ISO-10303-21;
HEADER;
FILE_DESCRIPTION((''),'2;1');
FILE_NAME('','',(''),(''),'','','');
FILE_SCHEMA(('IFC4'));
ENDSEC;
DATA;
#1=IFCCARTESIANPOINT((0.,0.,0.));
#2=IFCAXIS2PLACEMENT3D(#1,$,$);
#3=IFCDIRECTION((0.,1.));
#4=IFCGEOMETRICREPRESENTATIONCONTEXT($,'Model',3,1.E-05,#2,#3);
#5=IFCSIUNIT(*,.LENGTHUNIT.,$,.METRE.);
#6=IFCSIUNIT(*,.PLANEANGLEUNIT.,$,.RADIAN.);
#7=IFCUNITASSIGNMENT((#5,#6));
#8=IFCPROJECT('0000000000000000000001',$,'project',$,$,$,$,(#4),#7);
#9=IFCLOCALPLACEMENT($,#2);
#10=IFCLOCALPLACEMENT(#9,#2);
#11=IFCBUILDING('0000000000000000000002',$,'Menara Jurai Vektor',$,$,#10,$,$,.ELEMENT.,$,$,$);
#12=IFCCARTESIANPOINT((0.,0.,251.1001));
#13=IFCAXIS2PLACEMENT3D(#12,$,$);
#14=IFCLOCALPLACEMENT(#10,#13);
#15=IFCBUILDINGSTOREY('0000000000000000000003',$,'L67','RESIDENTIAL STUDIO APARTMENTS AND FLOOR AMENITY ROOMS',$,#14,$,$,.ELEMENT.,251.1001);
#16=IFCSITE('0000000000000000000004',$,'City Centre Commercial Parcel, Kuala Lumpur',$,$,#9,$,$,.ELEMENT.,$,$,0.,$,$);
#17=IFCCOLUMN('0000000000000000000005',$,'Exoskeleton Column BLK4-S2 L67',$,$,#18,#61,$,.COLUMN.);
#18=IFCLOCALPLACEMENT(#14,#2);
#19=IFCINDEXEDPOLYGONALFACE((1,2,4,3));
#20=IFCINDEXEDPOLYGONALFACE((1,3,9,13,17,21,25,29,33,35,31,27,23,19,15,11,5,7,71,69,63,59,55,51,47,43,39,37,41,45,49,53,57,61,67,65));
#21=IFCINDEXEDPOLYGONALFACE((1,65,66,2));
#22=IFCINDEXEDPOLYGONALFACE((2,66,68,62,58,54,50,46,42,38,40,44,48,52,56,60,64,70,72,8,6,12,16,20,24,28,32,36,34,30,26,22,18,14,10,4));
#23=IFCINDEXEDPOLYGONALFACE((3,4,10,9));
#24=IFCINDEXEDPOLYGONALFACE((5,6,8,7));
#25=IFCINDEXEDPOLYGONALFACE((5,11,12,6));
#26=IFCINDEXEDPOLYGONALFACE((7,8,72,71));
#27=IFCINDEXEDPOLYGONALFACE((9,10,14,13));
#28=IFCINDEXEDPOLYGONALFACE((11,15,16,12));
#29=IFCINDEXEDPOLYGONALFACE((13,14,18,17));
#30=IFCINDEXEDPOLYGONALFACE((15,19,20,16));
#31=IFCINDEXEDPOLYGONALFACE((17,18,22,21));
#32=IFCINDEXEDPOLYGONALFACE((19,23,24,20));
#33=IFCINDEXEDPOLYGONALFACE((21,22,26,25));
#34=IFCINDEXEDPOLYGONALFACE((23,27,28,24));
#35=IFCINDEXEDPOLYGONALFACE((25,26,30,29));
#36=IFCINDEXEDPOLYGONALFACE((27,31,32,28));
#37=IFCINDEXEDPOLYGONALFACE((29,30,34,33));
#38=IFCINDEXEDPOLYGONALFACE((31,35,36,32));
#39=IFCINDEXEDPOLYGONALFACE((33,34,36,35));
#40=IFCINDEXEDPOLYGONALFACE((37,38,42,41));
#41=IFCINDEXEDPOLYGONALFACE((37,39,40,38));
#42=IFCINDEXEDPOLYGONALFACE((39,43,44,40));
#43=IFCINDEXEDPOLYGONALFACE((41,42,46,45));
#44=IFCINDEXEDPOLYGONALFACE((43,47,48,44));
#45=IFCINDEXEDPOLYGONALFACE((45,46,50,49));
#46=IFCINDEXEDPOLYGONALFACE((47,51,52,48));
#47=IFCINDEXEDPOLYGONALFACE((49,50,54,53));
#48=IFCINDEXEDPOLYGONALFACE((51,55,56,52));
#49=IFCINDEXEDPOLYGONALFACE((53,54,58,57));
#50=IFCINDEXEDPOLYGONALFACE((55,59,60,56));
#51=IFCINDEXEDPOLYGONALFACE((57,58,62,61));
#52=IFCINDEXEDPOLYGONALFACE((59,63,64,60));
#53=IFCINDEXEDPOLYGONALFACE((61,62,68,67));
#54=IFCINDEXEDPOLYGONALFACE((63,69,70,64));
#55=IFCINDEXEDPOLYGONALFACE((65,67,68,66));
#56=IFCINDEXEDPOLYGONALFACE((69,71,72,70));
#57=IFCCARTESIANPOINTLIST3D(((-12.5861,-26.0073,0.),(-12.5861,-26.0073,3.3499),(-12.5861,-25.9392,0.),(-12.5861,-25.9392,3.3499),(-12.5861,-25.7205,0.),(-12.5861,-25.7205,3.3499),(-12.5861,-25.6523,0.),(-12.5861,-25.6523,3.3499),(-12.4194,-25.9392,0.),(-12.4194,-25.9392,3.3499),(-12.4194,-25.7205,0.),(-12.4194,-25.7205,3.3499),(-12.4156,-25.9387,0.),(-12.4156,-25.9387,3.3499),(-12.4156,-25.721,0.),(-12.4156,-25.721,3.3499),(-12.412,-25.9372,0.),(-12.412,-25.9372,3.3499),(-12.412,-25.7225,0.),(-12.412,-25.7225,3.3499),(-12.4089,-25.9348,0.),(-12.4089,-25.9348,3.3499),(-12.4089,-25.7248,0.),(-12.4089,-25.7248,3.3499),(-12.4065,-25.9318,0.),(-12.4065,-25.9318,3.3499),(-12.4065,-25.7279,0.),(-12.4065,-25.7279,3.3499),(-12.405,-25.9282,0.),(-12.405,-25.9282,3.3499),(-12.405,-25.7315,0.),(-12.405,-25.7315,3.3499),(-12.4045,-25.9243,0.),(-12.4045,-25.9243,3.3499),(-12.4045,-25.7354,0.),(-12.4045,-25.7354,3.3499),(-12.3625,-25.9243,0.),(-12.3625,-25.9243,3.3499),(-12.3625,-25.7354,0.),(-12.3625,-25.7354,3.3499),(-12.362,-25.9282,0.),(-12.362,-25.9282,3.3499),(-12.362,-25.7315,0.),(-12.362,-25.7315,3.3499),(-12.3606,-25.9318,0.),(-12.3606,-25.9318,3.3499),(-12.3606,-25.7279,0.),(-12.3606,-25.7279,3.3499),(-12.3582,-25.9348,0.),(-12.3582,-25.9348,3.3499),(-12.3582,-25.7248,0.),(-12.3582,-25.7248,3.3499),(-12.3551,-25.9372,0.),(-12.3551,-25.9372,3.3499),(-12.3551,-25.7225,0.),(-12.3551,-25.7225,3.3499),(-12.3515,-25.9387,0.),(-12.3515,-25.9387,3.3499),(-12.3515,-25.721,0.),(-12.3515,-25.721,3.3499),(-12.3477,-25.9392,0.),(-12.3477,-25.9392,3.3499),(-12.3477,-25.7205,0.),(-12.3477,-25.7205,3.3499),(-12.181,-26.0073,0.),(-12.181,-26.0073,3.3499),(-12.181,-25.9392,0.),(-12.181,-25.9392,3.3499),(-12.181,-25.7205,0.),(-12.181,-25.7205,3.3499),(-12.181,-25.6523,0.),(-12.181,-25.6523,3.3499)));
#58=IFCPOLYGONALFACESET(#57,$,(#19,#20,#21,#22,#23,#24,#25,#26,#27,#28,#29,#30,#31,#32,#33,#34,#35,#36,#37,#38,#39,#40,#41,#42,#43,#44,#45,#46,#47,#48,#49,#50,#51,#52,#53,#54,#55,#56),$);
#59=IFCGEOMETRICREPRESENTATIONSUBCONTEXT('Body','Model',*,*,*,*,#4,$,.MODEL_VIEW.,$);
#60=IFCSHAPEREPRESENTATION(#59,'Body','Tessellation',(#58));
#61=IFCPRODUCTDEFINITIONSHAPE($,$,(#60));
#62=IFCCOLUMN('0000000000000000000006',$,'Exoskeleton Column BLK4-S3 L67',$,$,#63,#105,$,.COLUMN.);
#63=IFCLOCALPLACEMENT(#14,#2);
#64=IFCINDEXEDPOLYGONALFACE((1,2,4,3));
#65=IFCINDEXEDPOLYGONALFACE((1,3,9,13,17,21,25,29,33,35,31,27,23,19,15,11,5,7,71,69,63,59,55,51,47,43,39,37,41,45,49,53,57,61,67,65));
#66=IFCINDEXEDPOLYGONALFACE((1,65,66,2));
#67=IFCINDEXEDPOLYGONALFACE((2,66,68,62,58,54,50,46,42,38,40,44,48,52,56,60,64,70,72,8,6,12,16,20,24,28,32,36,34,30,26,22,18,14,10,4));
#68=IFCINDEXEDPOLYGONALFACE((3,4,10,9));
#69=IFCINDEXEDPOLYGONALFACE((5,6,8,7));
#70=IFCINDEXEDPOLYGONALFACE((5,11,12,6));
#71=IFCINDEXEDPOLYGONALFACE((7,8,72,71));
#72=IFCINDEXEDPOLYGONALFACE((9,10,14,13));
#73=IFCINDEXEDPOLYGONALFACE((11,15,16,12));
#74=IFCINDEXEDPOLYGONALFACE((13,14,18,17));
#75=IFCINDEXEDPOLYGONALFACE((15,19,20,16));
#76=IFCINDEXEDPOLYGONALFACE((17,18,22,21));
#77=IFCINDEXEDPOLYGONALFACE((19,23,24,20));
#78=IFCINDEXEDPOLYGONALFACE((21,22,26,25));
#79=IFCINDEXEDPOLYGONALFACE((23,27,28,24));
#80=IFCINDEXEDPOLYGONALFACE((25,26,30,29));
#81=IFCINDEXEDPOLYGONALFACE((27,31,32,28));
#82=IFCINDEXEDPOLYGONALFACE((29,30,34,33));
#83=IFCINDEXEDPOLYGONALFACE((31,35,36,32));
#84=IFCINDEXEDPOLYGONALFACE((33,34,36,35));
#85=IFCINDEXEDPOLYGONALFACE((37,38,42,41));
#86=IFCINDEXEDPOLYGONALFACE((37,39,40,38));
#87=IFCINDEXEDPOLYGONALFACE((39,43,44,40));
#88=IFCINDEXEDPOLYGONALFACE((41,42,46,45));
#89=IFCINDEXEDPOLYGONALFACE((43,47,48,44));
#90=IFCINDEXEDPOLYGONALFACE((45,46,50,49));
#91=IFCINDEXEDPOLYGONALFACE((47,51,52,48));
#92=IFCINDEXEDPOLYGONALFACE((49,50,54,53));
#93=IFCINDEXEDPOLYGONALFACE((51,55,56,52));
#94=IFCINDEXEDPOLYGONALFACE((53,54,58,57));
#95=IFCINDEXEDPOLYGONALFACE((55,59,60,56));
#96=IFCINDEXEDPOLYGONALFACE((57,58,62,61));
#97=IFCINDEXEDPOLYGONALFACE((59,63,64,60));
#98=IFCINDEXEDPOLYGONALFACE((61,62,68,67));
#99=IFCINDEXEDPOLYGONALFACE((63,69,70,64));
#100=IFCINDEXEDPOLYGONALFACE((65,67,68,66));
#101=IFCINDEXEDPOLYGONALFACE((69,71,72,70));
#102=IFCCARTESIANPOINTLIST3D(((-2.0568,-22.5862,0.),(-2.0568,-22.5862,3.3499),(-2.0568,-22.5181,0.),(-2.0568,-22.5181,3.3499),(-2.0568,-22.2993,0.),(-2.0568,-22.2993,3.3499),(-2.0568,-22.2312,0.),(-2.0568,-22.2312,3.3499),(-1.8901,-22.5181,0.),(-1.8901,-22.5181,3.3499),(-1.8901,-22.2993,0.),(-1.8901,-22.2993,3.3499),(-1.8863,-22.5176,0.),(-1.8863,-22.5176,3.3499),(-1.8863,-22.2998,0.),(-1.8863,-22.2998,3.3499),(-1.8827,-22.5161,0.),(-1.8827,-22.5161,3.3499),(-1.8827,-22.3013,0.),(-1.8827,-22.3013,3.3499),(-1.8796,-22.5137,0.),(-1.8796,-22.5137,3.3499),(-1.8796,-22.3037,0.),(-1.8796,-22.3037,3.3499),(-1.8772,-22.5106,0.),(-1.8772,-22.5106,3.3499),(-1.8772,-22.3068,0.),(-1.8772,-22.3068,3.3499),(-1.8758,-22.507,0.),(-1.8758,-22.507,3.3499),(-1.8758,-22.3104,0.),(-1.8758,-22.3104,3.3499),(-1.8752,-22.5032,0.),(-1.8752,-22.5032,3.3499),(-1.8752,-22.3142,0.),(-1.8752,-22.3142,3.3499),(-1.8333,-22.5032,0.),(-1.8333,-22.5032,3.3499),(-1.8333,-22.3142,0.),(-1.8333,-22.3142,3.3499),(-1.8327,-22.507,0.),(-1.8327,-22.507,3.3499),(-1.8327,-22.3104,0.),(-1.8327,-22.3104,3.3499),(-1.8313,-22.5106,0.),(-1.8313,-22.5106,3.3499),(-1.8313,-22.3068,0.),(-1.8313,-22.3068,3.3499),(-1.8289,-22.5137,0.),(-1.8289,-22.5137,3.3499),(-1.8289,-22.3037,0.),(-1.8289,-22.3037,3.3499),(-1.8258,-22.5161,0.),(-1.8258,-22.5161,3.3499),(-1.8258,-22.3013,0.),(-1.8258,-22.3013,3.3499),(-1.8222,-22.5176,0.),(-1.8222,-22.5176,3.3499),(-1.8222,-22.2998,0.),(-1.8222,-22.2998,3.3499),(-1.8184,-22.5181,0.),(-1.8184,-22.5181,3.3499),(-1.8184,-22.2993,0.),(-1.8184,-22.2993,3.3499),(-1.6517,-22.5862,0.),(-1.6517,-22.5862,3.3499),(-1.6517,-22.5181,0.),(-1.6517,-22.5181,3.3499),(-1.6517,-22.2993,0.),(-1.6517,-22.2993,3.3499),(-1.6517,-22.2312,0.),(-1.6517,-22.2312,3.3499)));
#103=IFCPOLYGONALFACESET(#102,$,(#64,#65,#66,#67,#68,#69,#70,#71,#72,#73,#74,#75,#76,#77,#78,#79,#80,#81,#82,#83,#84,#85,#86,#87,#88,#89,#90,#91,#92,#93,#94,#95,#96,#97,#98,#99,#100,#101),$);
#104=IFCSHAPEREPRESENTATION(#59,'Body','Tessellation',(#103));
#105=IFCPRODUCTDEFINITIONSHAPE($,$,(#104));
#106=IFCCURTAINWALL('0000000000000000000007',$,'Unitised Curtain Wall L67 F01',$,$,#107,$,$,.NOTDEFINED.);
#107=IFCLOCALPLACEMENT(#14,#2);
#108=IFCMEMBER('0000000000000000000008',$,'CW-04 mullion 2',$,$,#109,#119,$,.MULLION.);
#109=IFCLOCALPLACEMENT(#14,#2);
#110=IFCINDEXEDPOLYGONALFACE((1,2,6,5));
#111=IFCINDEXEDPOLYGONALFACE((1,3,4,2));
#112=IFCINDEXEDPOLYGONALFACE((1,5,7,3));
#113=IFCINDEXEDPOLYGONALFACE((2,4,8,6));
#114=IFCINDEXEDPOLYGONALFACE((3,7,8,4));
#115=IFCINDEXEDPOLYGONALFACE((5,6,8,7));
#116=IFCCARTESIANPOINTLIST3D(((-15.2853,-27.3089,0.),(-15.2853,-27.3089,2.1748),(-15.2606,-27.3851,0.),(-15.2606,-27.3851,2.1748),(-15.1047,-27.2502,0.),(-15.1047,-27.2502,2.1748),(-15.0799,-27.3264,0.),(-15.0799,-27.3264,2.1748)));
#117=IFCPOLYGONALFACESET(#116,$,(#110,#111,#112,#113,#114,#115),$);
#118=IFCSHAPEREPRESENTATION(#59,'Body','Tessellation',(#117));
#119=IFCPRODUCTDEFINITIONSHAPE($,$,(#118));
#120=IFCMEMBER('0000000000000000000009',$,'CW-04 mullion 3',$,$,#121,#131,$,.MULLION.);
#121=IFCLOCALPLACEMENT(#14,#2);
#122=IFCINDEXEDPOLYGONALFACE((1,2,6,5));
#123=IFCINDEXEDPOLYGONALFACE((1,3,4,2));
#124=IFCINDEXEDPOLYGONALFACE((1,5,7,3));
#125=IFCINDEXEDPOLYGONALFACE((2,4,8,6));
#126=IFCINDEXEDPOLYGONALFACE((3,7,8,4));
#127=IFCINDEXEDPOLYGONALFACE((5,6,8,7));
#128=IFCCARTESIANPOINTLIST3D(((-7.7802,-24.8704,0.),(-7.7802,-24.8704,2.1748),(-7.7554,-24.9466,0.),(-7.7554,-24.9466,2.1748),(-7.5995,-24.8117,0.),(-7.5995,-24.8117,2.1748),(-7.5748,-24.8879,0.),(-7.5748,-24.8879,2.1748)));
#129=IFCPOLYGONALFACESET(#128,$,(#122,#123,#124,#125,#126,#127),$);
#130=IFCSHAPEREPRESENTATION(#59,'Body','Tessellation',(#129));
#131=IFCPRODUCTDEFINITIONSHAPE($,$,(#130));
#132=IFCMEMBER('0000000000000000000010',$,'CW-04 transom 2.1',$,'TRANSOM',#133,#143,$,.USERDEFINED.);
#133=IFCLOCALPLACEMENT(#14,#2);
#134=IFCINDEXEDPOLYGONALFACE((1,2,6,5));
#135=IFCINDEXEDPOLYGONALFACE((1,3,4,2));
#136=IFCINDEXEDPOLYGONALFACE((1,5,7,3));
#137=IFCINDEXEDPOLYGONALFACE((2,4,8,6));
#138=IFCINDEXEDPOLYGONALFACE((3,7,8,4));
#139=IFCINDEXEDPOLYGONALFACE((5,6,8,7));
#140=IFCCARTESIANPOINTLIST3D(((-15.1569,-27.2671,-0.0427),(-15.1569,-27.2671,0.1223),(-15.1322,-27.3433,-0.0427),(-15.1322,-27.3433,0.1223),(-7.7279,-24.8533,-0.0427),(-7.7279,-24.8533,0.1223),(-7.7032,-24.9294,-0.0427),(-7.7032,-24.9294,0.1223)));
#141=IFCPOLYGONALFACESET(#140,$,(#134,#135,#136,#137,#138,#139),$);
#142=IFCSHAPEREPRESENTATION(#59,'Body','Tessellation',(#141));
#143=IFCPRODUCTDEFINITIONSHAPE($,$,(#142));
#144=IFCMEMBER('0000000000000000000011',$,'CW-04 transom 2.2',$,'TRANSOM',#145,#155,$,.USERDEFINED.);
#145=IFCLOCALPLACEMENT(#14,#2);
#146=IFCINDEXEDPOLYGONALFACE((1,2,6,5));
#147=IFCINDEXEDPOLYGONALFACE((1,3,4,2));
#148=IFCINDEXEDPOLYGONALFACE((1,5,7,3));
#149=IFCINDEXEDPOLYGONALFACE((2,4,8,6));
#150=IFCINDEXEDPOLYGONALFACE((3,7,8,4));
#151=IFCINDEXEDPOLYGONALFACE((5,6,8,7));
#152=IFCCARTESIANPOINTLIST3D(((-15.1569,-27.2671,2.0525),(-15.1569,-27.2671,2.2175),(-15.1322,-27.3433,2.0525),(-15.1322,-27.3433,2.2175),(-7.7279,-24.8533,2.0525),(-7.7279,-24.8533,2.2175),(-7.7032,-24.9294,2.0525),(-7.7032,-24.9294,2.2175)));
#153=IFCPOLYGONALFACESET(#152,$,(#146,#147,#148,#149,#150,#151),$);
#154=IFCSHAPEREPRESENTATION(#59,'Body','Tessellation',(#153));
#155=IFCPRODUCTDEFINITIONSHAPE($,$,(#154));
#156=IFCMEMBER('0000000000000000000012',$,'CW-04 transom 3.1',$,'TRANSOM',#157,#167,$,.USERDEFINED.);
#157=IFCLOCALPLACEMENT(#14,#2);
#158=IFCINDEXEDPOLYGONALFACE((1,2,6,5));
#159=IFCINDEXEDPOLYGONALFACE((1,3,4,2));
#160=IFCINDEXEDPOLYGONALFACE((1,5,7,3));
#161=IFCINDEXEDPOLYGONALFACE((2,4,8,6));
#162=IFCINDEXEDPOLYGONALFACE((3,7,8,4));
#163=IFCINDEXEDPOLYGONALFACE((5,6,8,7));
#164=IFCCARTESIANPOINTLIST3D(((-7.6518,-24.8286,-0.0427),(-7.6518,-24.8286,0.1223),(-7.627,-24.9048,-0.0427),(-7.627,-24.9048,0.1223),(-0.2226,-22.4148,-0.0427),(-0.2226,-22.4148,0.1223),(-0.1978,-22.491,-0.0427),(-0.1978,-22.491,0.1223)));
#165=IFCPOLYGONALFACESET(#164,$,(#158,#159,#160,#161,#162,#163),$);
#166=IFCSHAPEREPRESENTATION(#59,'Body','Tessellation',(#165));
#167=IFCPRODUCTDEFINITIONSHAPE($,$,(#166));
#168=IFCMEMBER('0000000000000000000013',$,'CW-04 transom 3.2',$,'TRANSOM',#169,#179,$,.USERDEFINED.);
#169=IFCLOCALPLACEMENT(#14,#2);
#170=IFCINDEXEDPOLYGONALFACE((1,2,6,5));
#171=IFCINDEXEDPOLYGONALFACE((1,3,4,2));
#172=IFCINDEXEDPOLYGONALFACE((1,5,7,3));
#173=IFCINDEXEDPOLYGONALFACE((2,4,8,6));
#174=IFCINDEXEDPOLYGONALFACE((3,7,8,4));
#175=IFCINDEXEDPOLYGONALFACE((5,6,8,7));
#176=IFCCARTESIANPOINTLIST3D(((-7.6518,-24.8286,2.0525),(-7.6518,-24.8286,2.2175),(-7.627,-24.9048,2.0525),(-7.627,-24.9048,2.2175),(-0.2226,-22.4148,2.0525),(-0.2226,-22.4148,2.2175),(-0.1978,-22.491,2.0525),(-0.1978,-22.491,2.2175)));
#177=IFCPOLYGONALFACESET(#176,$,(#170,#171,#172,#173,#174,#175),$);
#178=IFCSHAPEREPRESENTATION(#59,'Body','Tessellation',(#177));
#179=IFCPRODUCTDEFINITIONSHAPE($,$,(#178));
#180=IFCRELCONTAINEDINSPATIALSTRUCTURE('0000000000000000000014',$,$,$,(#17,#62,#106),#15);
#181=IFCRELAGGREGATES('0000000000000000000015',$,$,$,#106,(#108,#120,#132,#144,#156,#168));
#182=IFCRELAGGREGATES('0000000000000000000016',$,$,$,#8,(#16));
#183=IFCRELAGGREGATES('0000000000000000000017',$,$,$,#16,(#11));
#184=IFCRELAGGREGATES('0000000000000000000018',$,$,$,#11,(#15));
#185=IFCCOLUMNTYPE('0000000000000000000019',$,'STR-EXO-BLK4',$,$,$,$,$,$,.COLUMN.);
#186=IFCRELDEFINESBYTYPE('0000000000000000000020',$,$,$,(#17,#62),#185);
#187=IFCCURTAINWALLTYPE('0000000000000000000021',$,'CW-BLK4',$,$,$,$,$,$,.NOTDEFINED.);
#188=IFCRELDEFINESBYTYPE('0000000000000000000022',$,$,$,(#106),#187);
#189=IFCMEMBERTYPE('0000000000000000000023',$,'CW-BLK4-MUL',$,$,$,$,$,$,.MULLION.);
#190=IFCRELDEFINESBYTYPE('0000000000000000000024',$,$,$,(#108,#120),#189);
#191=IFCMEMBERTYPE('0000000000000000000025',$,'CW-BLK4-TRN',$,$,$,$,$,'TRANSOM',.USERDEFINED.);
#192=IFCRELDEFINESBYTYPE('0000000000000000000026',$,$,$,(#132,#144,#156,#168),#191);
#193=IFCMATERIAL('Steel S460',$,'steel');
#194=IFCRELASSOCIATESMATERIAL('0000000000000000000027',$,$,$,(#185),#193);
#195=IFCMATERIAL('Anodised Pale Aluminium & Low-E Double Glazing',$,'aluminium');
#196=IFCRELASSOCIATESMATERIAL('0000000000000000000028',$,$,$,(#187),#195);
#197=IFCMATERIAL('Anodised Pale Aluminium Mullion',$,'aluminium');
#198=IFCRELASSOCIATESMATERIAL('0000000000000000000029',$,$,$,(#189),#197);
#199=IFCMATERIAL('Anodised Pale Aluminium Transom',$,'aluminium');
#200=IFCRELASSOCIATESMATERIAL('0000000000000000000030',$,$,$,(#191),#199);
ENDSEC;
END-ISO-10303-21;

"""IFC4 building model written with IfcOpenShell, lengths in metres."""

from ifc_helpers import new_model, si_unit, direction, frame, origin, origin_2d, place, context, subcontext, project, spatial, rectangle, i_section, extrude, material, material_profile, profile_set, type_object, element, aggregate, save


model = new_model("IFC4")

# Units and contexts
model_context = context("Model", 3, precision=1e-05, world=origin(), true_north=direction((0.0, 1.0)))
body_context = subcontext(model_context, "Body", "Model", "MODEL_VIEW")
ifc_project = project(units=[si_unit("LENGTHUNIT", "METRE"), si_unit("PLANEANGLEUNIT", "RADIAN")], contexts=[model_context])

# Site, building, storey
site_placement = place(None, origin())
site = spatial("IfcSite", under=ifc_project, at=site_placement, Name="City Centre Commercial Parcel, Kuala Lumpur", CompositionType="ELEMENT", RefElevation=0.0)
building_placement = place(site_placement, origin())
building = spatial("IfcBuilding", under=site, at=building_placement, Name="Menara Jurai Vektor", CompositionType="ELEMENT")
storey_placement = place(building_placement, frame((0.0, 0.0, 251.1001)))
storey = spatial("IfcBuildingStorey", under=building, at=storey_placement, Name="L67", Description="RESIDENTIAL STUDIO APARTMENTS AND FLOOR AMENITY ROOMS", CompositionType="ELEMENT", Elevation=251.1001)

# Columns
ifc_material_1 = material(Name="Steel S460", Category="steel")
ifc_material_profile_1 = material_profile(ifc_material_1, i_section(OverallWidth=0.405, OverallDepth=0.355, WebThickness=0.042, FlangeThickness=0.0681, FilletRadius=0.0149, at=origin_2d()), Name="HD 400x551")
ifc_profile_set_1 = profile_set([ifc_material_profile_1], Name="Steel S460")
column_type = type_object("IfcColumnType", Name="STR-EXO-BLK4", PredefinedType="COLUMN", material=ifc_profile_set_1)
for number, where, z_axis, x_axis, name in (
    (1, (-12.3835, -25.8298, 0.0), (0.0, 0.0, 1.0), (1.0, 0.0, 0.0), "Exoskeleton Column BLK4-S2 L67"),
    (2, (-1.8542, -22.4087, 0.0), (0.0, 0.0, 1.0), (1.0, 0.0, 0.0), "Exoskeleton Column BLK4-S3 L67"),
):
    element("IfcColumn", number, at=place(storey_placement, frame(where, z_axis=z_axis, x_axis=x_axis)), inside=storey, type_object=column_type, Name=name, PredefinedType="COLUMN", context=body_context, shape_type="SweptSolid", body=[
        extrude(i_section(OverallWidth=0.405, OverallDepth=0.355, WebThickness=0.042, FlangeThickness=0.0681, FilletRadius=0.0149, at=origin_2d()), origin(), (0.0, 0.0, 1.0), 3.3499),
    ])

# Curtain wall, members
ifc_material_2 = material(Name="Anodised Pale Aluminium & Low-E Double Glazing", Category="aluminium")
curtain_wall_type = type_object("IfcCurtainWallType", Name="CW-BLK4", PredefinedType="NOTDEFINED", material=ifc_material_2)
curtain_wall_placement = place(storey_placement, origin())
curtain_wall = element("IfcCurtainWall", 3, at=curtain_wall_placement, inside=storey, type_object=curtain_wall_type, Name="Unitised Curtain Wall L67 F01", PredefinedType="NOTDEFINED")
ifc_material_3 = material(Name="Anodised Pale Aluminium Mullion", Category="aluminium")
ifc_material_profile_2 = material_profile(ifc_material_3, rectangle(XDim=0.0801, YDim=0.1899, at=origin_2d()), Name="ALU MUL 80x190")
ifc_profile_set_2 = profile_set([ifc_material_profile_2], Name="Anodised Pale Aluminium Mullion")
member_type_1 = type_object("IfcMemberType", Name="CW-BLK4-MUL", PredefinedType="MULLION", material=ifc_profile_set_2)
member_1_placement = place(storey_placement, frame((-15.1826, -27.3176, 0.0), z_axis=(0.0, 0.0, 1.0), x_axis=(-0.309017, 0.951056, 0.0)))
member_1 = element("IfcMember", 4, at=member_1_placement, type_object=member_type_1, Name="CW-04 mullion 2", PredefinedType="MULLION", context=body_context, shape_type="SweptSolid", body=[
    extrude(rectangle(XDim=0.0801, YDim=0.1899, at=origin_2d()), origin(), (0.0, 0.0, 1.0), 2.1748),
])
member_2_placement = place(storey_placement, frame((-7.6775, -24.8792, 0.0), z_axis=(0.0, 0.0, 1.0), x_axis=(-0.309017, 0.951056, 0.0)))
member_2 = element("IfcMember", 5, at=member_2_placement, type_object=member_type_1, Name="CW-04 mullion 3", PredefinedType="MULLION", context=body_context, shape_type="SweptSolid", body=[
    extrude(rectangle(XDim=0.0801, YDim=0.1899, at=origin_2d()), origin(), (0.0, 0.0, 1.0), 2.1748),
])
ifc_material_4 = material(Name="Anodised Pale Aluminium Transom", Category="aluminium")
ifc_material_profile_3 = material_profile(ifc_material_4, rectangle(XDim=0.0801, YDim=0.165, at=origin_2d()), Name="ALU TRN 80x165")
ifc_profile_set_3 = profile_set([ifc_material_profile_3], Name="Anodised Pale Aluminium Transom")
member_type_2 = type_object("IfcMemberType", Name="CW-BLK4-TRN", ElementType="TRANSOM", PredefinedType="USERDEFINED", material=ifc_profile_set_3)
member_3_placement = place(storey_placement, frame((-15.1445, -27.3052, 0.0398), z_axis=(0.951056, 0.309018, 0.0), x_axis=(-0.309018, 0.951056, 0.0)))
member_3 = element("IfcMember", 6, at=member_3_placement, type_object=member_type_2, Name="CW-04 transom 2.1", ObjectType="TRANSOM", PredefinedType="USERDEFINED", context=body_context, shape_type="SweptSolid", body=[
    extrude(rectangle(XDim=0.0801, YDim=0.165, at=origin_2d()), origin(), (0.0, 0.0, 1.0), 7.8113),
])
member_4_placement = place(storey_placement, frame((-15.1445, -27.3052, 2.135), z_axis=(0.951056, 0.309018, 0.0), x_axis=(-0.309018, 0.951056, 0.0)))
member_4 = element("IfcMember", 7, at=member_4_placement, type_object=member_type_2, Name="CW-04 transom 2.2", ObjectType="TRANSOM", PredefinedType="USERDEFINED", context=body_context, shape_type="SweptSolid", body=[
    extrude(rectangle(XDim=0.0801, YDim=0.165, at=origin_2d()), origin(), (0.0, 0.0, 1.0), 7.8113),
])
member_5_placement = place(storey_placement, frame((-7.6394, -24.8667, 0.0398), z_axis=(0.951059, 0.309008, 0.0), x_axis=(-0.309008, 0.951059, 0.0)))
member_5 = element("IfcMember", 8, at=member_5_placement, type_object=member_type_2, Name="CW-04 transom 3.1", ObjectType="TRANSOM", PredefinedType="USERDEFINED", context=body_context, shape_type="SweptSolid", body=[
    extrude(rectangle(XDim=0.0801, YDim=0.165, at=origin_2d()), origin(), (0.0, 0.0, 1.0), 7.8115),
])
member_6_placement = place(storey_placement, frame((-7.6394, -24.8667, 2.135), z_axis=(0.951059, 0.309008, 0.0), x_axis=(-0.309008, 0.951059, 0.0)))
member_6 = element("IfcMember", 9, at=member_6_placement, type_object=member_type_2, Name="CW-04 transom 3.2", ObjectType="TRANSOM", PredefinedType="USERDEFINED", context=body_context, shape_type="SweptSolid", body=[
    extrude(rectangle(XDim=0.0801, YDim=0.165, at=origin_2d()), origin(), (0.0, 0.0, 1.0), 7.8115),
])

aggregate(curtain_wall, [member_1, member_2, member_3, member_4, member_5, member_6])

save(model, "model.ifc")
